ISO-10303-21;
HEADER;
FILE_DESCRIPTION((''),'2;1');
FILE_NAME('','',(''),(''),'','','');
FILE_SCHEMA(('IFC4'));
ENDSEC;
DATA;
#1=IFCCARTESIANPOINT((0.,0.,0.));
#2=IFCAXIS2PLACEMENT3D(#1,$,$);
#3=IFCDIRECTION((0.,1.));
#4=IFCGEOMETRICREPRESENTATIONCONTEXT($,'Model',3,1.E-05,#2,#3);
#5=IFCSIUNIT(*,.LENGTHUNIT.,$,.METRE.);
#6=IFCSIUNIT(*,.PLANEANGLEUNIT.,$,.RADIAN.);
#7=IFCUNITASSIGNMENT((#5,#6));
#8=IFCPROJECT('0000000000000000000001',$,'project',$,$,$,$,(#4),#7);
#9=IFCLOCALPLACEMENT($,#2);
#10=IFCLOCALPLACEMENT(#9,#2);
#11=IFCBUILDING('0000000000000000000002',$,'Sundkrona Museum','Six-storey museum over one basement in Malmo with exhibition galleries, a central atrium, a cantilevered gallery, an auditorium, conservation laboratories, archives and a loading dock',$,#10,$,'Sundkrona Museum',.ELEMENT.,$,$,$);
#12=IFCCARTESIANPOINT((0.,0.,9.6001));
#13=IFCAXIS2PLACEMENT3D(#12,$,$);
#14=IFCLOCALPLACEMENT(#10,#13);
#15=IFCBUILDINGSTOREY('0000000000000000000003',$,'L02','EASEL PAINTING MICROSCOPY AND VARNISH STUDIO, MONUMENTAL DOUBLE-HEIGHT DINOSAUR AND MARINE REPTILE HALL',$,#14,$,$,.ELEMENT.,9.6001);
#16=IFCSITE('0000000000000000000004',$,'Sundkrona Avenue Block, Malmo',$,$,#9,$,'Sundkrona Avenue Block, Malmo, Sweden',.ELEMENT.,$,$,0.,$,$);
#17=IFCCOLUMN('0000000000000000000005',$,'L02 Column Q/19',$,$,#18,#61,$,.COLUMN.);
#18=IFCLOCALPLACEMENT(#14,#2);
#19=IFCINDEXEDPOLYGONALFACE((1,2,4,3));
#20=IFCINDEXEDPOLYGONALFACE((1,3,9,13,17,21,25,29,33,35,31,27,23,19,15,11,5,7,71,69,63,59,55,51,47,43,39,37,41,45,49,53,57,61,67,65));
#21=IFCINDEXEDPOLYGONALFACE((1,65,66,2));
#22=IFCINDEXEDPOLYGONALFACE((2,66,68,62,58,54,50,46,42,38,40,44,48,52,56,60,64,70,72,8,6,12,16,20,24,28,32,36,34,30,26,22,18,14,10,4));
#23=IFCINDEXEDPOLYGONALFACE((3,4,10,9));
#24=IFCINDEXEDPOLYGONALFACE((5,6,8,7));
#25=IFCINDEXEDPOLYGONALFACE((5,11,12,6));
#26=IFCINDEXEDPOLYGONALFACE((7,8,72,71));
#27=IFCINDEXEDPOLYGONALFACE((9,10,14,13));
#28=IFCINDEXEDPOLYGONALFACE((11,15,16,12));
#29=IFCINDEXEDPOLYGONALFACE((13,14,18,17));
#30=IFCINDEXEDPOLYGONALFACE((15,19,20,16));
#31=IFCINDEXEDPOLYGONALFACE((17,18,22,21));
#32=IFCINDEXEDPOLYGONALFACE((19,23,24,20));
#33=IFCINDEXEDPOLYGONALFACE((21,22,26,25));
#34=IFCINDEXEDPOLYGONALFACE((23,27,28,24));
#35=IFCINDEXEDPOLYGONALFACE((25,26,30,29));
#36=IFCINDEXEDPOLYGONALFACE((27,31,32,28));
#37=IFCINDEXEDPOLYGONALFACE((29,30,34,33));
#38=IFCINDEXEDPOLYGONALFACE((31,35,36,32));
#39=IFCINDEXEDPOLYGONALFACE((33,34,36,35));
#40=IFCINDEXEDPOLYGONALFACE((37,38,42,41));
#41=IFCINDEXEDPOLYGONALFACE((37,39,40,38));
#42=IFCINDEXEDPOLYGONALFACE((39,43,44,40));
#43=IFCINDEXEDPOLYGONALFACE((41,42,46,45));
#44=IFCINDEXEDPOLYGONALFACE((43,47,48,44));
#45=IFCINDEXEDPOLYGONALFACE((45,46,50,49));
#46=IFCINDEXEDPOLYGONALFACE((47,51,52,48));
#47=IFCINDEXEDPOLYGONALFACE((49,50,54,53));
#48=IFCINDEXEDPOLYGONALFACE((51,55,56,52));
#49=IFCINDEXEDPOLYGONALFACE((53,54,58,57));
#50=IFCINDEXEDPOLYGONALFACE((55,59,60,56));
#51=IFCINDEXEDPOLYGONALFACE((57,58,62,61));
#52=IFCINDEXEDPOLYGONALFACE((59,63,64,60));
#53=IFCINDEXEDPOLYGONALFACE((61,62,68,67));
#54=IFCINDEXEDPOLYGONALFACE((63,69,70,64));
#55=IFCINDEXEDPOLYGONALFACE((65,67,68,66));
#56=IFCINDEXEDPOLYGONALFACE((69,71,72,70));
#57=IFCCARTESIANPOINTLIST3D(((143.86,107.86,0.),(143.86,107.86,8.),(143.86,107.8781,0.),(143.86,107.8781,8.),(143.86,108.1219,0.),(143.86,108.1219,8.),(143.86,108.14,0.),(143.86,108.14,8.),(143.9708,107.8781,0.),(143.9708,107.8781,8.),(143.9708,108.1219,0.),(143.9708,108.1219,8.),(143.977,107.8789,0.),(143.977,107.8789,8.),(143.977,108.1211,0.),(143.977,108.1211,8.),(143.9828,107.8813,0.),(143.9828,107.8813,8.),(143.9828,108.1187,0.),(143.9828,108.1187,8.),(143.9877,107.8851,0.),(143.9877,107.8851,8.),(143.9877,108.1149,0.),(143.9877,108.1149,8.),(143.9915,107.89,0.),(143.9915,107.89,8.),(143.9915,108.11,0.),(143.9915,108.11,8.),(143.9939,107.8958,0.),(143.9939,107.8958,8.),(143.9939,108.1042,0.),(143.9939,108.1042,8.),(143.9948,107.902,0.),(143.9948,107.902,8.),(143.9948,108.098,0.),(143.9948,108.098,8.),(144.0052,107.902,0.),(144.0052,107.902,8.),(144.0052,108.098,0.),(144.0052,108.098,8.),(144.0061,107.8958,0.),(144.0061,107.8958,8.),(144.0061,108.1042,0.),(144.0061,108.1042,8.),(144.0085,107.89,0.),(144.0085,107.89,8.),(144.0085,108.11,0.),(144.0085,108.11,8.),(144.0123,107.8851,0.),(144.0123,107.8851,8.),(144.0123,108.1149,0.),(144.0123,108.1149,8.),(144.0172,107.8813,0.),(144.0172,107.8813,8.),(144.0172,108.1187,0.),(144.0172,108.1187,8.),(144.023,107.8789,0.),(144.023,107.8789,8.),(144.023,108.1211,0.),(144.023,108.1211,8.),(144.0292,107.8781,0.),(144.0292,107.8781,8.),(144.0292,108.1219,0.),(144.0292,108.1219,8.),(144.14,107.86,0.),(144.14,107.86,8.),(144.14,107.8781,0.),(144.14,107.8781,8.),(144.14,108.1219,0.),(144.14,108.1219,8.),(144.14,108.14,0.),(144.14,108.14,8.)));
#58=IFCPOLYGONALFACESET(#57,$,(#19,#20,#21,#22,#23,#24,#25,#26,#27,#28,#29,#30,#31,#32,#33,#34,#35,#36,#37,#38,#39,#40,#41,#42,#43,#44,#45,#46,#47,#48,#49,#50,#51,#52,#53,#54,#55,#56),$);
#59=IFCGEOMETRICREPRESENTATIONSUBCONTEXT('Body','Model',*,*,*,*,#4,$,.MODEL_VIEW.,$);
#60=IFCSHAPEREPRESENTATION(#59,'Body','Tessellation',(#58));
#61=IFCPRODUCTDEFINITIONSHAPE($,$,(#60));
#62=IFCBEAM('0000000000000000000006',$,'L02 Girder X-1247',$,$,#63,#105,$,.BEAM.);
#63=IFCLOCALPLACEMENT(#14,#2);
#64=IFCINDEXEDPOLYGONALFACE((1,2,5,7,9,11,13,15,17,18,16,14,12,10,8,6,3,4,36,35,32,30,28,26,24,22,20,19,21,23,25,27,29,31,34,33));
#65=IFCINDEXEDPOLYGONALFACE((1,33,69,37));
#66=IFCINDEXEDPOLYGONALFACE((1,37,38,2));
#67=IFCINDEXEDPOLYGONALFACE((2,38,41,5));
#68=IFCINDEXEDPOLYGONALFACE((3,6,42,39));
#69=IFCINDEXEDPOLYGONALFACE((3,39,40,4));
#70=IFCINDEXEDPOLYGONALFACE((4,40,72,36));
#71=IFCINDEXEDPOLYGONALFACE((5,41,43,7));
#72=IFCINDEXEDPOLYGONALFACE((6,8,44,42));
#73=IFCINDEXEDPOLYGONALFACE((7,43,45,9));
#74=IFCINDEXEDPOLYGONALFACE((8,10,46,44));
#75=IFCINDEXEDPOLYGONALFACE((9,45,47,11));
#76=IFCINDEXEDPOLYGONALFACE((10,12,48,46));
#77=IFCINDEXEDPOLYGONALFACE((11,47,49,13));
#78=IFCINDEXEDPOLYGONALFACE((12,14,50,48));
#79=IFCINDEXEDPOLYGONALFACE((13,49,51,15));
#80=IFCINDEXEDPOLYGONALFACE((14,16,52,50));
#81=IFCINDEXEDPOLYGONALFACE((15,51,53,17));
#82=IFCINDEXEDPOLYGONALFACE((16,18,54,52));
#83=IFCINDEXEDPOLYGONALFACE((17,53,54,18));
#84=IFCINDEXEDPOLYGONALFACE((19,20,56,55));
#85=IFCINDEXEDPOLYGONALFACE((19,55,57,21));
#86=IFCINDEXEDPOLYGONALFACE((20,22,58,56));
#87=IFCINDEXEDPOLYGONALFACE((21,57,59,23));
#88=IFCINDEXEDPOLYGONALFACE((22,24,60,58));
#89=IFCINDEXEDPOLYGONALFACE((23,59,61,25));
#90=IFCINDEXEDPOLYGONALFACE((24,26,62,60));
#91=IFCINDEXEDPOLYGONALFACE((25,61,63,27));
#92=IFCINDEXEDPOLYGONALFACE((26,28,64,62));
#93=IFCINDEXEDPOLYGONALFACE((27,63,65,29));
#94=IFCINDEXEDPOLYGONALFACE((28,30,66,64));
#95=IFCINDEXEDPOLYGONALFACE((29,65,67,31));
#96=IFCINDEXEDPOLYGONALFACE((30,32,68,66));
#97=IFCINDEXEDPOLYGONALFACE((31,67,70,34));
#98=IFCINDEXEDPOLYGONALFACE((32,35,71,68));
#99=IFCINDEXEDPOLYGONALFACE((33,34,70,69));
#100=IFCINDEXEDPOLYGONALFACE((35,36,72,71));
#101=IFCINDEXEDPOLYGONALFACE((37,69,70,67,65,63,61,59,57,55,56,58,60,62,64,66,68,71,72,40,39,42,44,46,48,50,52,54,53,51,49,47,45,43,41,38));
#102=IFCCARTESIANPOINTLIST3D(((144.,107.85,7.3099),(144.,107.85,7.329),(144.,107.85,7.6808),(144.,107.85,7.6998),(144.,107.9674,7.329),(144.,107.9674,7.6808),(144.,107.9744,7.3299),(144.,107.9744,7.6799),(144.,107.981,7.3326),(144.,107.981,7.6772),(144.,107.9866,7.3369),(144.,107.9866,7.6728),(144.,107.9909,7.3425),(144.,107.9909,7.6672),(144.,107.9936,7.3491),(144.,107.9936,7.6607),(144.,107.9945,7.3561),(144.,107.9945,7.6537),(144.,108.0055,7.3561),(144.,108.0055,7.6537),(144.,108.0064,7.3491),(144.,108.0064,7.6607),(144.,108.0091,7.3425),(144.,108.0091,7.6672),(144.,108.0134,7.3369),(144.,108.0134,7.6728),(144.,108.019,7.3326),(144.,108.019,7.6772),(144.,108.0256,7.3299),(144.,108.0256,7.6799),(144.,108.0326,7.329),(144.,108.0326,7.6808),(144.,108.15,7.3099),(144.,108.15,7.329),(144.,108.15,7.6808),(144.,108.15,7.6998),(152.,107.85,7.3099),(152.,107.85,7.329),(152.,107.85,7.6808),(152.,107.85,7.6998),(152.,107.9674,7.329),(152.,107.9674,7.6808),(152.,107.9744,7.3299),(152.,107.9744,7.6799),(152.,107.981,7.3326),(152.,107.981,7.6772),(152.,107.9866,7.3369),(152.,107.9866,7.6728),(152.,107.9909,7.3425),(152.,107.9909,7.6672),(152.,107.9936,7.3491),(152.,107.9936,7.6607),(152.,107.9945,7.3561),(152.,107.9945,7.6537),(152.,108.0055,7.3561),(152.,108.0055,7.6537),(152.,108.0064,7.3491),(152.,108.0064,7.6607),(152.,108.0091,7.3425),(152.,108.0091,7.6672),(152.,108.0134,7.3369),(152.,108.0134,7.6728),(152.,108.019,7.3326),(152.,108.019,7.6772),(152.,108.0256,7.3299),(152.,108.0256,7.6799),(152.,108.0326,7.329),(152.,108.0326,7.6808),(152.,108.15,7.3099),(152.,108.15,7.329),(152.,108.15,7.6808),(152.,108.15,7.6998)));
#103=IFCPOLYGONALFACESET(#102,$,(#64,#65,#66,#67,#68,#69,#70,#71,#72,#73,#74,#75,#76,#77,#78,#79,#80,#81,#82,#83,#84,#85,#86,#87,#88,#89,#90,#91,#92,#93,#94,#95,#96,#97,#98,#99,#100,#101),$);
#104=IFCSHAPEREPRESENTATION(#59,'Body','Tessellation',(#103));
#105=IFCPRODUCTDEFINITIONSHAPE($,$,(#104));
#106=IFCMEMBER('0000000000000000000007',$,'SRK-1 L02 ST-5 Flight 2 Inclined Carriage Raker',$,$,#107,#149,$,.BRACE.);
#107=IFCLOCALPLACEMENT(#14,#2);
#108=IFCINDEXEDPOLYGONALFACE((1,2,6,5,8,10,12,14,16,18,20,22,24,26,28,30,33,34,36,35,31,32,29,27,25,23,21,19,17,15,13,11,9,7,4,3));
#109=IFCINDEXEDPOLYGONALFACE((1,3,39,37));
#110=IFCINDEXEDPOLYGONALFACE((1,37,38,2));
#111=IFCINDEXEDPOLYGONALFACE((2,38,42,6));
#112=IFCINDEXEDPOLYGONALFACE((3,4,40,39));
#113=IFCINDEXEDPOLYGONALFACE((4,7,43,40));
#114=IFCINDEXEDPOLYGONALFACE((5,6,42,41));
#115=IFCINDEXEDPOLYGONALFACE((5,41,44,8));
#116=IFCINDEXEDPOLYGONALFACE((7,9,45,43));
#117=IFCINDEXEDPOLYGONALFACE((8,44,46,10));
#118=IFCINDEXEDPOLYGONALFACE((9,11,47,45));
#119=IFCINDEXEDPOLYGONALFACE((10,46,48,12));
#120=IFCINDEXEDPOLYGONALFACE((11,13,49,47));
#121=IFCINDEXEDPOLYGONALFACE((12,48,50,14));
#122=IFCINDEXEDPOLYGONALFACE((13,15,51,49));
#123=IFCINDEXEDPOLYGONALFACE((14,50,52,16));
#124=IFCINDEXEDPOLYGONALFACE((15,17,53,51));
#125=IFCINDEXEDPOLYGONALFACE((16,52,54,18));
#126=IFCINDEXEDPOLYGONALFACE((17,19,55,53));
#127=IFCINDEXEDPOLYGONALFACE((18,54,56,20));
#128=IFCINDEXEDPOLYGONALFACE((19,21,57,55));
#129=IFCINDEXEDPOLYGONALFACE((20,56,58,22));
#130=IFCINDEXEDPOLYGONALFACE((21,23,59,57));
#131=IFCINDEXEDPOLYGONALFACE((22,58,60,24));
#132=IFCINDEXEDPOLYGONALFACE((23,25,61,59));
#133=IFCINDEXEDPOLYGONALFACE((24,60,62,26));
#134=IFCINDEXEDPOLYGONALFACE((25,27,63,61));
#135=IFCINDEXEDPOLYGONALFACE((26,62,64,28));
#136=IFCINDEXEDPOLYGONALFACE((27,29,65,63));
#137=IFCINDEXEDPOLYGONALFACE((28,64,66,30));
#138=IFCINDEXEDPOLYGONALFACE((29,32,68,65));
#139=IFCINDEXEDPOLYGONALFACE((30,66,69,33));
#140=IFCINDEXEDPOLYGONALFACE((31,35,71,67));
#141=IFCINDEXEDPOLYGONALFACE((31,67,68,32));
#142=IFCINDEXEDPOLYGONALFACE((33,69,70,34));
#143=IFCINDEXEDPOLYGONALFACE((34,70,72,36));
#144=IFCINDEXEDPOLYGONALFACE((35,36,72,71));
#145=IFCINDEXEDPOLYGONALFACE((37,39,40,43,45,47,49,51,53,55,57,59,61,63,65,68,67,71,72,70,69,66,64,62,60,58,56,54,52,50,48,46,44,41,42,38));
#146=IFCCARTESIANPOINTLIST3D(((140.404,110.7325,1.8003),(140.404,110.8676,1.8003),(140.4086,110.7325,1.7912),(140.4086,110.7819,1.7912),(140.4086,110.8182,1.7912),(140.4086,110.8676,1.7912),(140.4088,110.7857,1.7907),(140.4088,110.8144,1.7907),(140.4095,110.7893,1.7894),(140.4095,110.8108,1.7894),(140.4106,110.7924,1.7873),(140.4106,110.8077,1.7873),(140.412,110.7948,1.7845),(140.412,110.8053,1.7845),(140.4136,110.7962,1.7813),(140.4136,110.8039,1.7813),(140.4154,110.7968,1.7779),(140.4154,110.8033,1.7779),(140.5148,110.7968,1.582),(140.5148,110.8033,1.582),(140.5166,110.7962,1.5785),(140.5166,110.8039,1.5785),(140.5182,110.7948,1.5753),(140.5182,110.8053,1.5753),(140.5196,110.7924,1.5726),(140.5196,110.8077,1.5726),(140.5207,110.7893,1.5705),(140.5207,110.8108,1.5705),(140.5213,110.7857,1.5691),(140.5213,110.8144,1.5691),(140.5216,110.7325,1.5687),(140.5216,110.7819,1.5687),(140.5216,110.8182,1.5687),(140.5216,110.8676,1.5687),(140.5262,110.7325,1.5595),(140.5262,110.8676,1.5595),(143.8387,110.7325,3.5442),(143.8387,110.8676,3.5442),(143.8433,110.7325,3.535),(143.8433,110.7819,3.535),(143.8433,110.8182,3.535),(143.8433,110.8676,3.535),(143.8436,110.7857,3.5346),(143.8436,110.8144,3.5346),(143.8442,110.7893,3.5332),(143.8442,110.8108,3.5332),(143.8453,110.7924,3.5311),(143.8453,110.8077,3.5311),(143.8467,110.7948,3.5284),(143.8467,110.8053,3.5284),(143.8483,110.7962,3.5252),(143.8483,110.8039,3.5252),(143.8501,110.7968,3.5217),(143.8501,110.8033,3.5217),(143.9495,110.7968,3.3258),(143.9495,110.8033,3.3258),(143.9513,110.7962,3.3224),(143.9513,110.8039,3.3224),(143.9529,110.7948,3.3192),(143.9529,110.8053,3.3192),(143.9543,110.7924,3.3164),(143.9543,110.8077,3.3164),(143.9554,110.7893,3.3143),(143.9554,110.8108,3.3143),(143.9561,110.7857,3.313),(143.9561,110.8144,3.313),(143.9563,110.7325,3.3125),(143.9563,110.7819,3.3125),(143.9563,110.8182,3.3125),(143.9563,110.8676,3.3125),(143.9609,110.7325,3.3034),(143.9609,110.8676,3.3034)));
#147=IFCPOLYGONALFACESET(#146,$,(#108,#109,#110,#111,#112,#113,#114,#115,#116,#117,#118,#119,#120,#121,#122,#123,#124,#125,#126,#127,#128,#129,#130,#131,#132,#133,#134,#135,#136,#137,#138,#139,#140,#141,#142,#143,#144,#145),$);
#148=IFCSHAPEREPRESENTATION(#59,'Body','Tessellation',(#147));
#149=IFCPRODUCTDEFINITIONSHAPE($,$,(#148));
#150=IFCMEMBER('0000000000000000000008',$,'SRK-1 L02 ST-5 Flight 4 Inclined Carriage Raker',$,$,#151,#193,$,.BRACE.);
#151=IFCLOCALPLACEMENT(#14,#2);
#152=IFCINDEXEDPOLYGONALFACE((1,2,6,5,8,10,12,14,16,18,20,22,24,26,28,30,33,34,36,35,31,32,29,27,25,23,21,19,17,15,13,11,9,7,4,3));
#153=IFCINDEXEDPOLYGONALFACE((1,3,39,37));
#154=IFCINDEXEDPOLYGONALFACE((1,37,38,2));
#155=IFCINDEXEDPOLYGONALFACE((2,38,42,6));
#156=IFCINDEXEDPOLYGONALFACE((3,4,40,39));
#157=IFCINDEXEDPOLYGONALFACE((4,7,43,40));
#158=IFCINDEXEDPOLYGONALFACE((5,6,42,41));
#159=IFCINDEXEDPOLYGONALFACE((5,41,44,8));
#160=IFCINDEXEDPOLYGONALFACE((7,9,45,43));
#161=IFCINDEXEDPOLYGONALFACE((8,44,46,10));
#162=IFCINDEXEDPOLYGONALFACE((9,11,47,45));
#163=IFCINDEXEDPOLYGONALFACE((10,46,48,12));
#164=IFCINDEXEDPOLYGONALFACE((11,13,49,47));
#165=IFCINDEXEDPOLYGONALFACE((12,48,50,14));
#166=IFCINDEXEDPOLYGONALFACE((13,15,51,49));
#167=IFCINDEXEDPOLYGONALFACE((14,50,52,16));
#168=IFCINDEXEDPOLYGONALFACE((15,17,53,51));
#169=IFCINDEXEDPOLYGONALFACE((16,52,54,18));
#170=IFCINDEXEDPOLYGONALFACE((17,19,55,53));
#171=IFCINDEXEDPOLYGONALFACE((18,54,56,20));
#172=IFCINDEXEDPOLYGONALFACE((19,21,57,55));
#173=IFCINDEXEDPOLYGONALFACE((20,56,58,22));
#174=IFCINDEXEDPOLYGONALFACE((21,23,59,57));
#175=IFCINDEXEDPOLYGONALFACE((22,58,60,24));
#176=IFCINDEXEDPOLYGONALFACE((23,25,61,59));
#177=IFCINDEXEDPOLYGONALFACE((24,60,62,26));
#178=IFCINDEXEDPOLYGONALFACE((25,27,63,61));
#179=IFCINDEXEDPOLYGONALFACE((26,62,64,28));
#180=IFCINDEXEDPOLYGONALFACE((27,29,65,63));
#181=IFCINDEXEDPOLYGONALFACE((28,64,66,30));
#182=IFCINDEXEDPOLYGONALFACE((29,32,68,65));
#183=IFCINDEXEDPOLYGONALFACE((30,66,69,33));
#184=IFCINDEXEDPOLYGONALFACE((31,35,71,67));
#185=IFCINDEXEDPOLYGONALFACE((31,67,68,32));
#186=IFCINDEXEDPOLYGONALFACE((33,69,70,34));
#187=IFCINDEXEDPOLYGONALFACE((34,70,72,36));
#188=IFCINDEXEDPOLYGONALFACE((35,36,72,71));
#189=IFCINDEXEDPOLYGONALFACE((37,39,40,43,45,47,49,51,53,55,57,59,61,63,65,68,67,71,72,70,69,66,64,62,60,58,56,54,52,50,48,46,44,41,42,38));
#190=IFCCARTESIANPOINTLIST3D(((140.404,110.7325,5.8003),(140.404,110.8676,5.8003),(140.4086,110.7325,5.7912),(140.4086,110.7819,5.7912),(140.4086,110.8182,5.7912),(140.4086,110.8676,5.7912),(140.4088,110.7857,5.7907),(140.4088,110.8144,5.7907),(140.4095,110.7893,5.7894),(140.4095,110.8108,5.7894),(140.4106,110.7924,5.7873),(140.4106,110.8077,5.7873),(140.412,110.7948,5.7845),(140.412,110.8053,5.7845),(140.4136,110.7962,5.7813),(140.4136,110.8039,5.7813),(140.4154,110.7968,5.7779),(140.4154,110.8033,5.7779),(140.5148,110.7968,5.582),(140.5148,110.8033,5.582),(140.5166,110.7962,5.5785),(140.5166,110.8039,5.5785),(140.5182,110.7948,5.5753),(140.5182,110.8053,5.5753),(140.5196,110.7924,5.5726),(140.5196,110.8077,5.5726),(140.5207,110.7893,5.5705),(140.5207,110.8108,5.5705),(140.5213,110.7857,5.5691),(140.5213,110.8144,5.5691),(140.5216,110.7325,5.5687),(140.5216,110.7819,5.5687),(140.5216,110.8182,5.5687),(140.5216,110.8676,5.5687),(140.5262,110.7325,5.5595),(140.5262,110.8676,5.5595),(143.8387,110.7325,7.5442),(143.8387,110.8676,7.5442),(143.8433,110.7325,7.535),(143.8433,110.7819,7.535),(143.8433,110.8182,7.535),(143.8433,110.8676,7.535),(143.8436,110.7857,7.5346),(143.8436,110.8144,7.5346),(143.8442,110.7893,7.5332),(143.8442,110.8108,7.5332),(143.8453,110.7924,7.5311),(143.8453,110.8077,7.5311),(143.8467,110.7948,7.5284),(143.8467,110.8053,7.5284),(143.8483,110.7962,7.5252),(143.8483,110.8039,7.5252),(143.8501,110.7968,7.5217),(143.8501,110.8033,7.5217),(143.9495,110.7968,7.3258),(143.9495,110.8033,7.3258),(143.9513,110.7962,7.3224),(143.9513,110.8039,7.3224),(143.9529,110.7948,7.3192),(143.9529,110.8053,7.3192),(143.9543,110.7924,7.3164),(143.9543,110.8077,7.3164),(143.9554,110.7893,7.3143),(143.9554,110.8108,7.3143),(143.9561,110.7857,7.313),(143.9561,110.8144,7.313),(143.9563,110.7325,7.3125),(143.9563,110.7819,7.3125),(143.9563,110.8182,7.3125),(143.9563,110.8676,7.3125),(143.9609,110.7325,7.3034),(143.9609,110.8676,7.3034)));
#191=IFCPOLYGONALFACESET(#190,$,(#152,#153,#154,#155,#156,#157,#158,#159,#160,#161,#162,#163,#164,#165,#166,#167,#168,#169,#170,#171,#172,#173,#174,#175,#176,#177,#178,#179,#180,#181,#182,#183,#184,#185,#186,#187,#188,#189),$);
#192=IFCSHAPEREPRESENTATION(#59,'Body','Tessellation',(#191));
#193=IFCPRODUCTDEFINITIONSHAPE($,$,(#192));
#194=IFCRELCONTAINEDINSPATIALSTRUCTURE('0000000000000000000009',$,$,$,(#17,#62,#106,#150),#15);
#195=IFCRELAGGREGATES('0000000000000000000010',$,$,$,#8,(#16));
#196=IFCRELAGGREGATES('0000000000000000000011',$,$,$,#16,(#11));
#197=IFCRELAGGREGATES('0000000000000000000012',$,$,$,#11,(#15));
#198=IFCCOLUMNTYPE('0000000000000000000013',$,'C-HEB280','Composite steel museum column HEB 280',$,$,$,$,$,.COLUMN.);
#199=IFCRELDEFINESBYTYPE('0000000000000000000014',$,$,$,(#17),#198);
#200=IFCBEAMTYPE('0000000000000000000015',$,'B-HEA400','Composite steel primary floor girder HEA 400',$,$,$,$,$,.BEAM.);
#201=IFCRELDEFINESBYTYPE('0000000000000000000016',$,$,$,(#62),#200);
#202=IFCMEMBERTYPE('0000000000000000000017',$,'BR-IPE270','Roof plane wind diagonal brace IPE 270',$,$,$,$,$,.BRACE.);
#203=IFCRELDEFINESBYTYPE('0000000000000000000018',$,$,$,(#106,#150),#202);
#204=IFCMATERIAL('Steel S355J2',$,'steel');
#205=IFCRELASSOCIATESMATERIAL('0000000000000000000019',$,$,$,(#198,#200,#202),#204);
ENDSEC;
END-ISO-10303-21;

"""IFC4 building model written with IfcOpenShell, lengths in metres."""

from ifc_helpers import new_model, si_unit, direction, frame, origin, origin_2d, place, context, subcontext, project, spatial, i_section, extrude, material, material_profile, profile_set, type_object, element, save


model = new_model("IFC4")

# Units and contexts
model_context = context("Model", 3, precision=1e-05, world=origin(), true_north=direction((0.0, 1.0)))
body_context = subcontext(model_context, "Body", "Model", "MODEL_VIEW")
ifc_project = project(units=[si_unit("LENGTHUNIT", "METRE"), si_unit("PLANEANGLEUNIT", "RADIAN")], contexts=[model_context])

# Site, building, storey
site_placement = place(None, origin())
site = spatial("IfcSite", under=ifc_project, at=site_placement, Name="Sundkrona Avenue Block, Malmo", LongName="Sundkrona Avenue Block, Malmo, Sweden", CompositionType="ELEMENT", RefElevation=0.0)
building_placement = place(site_placement, origin())
building = spatial("IfcBuilding", under=site, at=building_placement, Name="Sundkrona Museum", Description="Six-storey museum over one basement in Malmo with exhibition galleries, a central atrium, a cantilevered gallery, an auditorium, conservation laboratories, archives and a loading dock", LongName="Sundkrona Museum", CompositionType="ELEMENT")
storey_placement = place(building_placement, frame((0.0, 0.0, 9.6001)))
storey = spatial("IfcBuildingStorey", under=building, at=storey_placement, Name="L02", Description="EASEL PAINTING MICROSCOPY AND VARNISH STUDIO, MONUMENTAL DOUBLE-HEIGHT DINOSAUR AND MARINE REPTILE HALL", CompositionType="ELEMENT", Elevation=9.6001)

# Column
ifc_material_1 = material(Name="Steel S355J2", Category="steel")
ifc_material_profile_1 = material_profile(ifc_material_1, i_section(OverallWidth=0.28, OverallDepth=0.28, WebThickness=0.0105, FlangeThickness=0.0181, FilletRadius=0.0239, at=origin_2d()), Name="HEB 280")
ifc_profile_set_1 = profile_set([ifc_material_profile_1], Name="Steel S355J2")
column_type = type_object("IfcColumnType", Name="C-HEB280", Description="Composite steel museum column HEB 280", PredefinedType="COLUMN", material=ifc_profile_set_1)
column_placement = place(storey_placement, frame((144.0, 108.0, 0.0), z_axis=(0.0, 0.0, 1.0), x_axis=(1.0, 0.0, 0.0)))
element("IfcColumn", 1, at=column_placement, inside=storey, type_object=column_type, Name="L02 Column Q/19", PredefinedType="COLUMN", context=body_context, shape_type="SweptSolid", body=[
    extrude(i_section(OverallWidth=0.28, OverallDepth=0.28, WebThickness=0.0105, FlangeThickness=0.0181, FilletRadius=0.0239, at=origin_2d()), origin(), (0.0, 0.0, 1.0), 8.0),
])

# Beam
ifc_material_profile_2 = material_profile(ifc_material_1, i_section(OverallWidth=0.3, OverallDepth=0.3899, WebThickness=0.011, FlangeThickness=0.019, FilletRadius=0.0271, at=origin_2d()), Name="HEA 400")
ifc_profile_set_2 = profile_set([ifc_material_profile_2], Name="Steel S355J2")
beam_type_1 = type_object("IfcBeamType", Name="B-HEA400", Description="Composite steel primary floor girder HEA 400", PredefinedType="BEAM", material=ifc_profile_set_2)
beam_placement = place(storey_placement, frame((144.0, 108.0, 7.5049), z_axis=(1.0, 0.0, 0.0), x_axis=(0.0, 1.0, 0.0)))
element("IfcBeam", 2, at=beam_placement, inside=storey, type_object=beam_type_1, Name="L02 Girder X-1247", PredefinedType="BEAM", context=body_context, shape_type="SweptSolid", body=[
    extrude(i_section(OverallWidth=0.3, OverallDepth=0.3899, WebThickness=0.011, FlangeThickness=0.019, FilletRadius=0.0271, at=origin_2d()), origin(), (0.0, 0.0, 1.0), 8.0),
])

# Members
ifc_material_profile_3 = material_profile(ifc_material_1, i_section(OverallWidth=0.135, OverallDepth=0.27, WebThickness=0.0066, FlangeThickness=0.0103, FilletRadius=0.0149, at=origin_2d()), Name="IPE 270")
ifc_profile_set_3 = profile_set([ifc_material_profile_3], Name="Steel S355J2")
member_type = type_object("IfcMemberType", Name="BR-IPE270", Description="Roof plane wind diagonal brace IPE 270", PredefinedType="BRACE", material=ifc_profile_set_3)
for number, where, z_axis, x_axis, name in (
    (3, (140.4651, 110.8, 1.6799), (0.89166, 0.0, 0.452706), (0.0, 1.0, 0.0), "SRK-1 L02 ST-5 Flight 2 Inclined Carriage Raker"),
    (4, (140.4651, 110.8, 5.6799), (0.89166, 0.0, 0.452706), (0.0, 1.0, 0.0), "SRK-1 L02 ST-5 Flight 4 Inclined Carriage Raker"),
):
    element("IfcMember", number, at=place(storey_placement, frame(where, z_axis=z_axis, x_axis=x_axis)), inside=storey, type_object=member_type, Name=name, PredefinedType="BRACE", context=body_context, shape_type="SweptSolid", body=[
        extrude(i_section(OverallWidth=0.135, OverallDepth=0.27, WebThickness=0.0066, FlangeThickness=0.0103, FilletRadius=0.0149, at=origin_2d()), origin(), (0.0, 0.0, 1.0), 3.8521),
    ])

save(model, "model.ifc")
